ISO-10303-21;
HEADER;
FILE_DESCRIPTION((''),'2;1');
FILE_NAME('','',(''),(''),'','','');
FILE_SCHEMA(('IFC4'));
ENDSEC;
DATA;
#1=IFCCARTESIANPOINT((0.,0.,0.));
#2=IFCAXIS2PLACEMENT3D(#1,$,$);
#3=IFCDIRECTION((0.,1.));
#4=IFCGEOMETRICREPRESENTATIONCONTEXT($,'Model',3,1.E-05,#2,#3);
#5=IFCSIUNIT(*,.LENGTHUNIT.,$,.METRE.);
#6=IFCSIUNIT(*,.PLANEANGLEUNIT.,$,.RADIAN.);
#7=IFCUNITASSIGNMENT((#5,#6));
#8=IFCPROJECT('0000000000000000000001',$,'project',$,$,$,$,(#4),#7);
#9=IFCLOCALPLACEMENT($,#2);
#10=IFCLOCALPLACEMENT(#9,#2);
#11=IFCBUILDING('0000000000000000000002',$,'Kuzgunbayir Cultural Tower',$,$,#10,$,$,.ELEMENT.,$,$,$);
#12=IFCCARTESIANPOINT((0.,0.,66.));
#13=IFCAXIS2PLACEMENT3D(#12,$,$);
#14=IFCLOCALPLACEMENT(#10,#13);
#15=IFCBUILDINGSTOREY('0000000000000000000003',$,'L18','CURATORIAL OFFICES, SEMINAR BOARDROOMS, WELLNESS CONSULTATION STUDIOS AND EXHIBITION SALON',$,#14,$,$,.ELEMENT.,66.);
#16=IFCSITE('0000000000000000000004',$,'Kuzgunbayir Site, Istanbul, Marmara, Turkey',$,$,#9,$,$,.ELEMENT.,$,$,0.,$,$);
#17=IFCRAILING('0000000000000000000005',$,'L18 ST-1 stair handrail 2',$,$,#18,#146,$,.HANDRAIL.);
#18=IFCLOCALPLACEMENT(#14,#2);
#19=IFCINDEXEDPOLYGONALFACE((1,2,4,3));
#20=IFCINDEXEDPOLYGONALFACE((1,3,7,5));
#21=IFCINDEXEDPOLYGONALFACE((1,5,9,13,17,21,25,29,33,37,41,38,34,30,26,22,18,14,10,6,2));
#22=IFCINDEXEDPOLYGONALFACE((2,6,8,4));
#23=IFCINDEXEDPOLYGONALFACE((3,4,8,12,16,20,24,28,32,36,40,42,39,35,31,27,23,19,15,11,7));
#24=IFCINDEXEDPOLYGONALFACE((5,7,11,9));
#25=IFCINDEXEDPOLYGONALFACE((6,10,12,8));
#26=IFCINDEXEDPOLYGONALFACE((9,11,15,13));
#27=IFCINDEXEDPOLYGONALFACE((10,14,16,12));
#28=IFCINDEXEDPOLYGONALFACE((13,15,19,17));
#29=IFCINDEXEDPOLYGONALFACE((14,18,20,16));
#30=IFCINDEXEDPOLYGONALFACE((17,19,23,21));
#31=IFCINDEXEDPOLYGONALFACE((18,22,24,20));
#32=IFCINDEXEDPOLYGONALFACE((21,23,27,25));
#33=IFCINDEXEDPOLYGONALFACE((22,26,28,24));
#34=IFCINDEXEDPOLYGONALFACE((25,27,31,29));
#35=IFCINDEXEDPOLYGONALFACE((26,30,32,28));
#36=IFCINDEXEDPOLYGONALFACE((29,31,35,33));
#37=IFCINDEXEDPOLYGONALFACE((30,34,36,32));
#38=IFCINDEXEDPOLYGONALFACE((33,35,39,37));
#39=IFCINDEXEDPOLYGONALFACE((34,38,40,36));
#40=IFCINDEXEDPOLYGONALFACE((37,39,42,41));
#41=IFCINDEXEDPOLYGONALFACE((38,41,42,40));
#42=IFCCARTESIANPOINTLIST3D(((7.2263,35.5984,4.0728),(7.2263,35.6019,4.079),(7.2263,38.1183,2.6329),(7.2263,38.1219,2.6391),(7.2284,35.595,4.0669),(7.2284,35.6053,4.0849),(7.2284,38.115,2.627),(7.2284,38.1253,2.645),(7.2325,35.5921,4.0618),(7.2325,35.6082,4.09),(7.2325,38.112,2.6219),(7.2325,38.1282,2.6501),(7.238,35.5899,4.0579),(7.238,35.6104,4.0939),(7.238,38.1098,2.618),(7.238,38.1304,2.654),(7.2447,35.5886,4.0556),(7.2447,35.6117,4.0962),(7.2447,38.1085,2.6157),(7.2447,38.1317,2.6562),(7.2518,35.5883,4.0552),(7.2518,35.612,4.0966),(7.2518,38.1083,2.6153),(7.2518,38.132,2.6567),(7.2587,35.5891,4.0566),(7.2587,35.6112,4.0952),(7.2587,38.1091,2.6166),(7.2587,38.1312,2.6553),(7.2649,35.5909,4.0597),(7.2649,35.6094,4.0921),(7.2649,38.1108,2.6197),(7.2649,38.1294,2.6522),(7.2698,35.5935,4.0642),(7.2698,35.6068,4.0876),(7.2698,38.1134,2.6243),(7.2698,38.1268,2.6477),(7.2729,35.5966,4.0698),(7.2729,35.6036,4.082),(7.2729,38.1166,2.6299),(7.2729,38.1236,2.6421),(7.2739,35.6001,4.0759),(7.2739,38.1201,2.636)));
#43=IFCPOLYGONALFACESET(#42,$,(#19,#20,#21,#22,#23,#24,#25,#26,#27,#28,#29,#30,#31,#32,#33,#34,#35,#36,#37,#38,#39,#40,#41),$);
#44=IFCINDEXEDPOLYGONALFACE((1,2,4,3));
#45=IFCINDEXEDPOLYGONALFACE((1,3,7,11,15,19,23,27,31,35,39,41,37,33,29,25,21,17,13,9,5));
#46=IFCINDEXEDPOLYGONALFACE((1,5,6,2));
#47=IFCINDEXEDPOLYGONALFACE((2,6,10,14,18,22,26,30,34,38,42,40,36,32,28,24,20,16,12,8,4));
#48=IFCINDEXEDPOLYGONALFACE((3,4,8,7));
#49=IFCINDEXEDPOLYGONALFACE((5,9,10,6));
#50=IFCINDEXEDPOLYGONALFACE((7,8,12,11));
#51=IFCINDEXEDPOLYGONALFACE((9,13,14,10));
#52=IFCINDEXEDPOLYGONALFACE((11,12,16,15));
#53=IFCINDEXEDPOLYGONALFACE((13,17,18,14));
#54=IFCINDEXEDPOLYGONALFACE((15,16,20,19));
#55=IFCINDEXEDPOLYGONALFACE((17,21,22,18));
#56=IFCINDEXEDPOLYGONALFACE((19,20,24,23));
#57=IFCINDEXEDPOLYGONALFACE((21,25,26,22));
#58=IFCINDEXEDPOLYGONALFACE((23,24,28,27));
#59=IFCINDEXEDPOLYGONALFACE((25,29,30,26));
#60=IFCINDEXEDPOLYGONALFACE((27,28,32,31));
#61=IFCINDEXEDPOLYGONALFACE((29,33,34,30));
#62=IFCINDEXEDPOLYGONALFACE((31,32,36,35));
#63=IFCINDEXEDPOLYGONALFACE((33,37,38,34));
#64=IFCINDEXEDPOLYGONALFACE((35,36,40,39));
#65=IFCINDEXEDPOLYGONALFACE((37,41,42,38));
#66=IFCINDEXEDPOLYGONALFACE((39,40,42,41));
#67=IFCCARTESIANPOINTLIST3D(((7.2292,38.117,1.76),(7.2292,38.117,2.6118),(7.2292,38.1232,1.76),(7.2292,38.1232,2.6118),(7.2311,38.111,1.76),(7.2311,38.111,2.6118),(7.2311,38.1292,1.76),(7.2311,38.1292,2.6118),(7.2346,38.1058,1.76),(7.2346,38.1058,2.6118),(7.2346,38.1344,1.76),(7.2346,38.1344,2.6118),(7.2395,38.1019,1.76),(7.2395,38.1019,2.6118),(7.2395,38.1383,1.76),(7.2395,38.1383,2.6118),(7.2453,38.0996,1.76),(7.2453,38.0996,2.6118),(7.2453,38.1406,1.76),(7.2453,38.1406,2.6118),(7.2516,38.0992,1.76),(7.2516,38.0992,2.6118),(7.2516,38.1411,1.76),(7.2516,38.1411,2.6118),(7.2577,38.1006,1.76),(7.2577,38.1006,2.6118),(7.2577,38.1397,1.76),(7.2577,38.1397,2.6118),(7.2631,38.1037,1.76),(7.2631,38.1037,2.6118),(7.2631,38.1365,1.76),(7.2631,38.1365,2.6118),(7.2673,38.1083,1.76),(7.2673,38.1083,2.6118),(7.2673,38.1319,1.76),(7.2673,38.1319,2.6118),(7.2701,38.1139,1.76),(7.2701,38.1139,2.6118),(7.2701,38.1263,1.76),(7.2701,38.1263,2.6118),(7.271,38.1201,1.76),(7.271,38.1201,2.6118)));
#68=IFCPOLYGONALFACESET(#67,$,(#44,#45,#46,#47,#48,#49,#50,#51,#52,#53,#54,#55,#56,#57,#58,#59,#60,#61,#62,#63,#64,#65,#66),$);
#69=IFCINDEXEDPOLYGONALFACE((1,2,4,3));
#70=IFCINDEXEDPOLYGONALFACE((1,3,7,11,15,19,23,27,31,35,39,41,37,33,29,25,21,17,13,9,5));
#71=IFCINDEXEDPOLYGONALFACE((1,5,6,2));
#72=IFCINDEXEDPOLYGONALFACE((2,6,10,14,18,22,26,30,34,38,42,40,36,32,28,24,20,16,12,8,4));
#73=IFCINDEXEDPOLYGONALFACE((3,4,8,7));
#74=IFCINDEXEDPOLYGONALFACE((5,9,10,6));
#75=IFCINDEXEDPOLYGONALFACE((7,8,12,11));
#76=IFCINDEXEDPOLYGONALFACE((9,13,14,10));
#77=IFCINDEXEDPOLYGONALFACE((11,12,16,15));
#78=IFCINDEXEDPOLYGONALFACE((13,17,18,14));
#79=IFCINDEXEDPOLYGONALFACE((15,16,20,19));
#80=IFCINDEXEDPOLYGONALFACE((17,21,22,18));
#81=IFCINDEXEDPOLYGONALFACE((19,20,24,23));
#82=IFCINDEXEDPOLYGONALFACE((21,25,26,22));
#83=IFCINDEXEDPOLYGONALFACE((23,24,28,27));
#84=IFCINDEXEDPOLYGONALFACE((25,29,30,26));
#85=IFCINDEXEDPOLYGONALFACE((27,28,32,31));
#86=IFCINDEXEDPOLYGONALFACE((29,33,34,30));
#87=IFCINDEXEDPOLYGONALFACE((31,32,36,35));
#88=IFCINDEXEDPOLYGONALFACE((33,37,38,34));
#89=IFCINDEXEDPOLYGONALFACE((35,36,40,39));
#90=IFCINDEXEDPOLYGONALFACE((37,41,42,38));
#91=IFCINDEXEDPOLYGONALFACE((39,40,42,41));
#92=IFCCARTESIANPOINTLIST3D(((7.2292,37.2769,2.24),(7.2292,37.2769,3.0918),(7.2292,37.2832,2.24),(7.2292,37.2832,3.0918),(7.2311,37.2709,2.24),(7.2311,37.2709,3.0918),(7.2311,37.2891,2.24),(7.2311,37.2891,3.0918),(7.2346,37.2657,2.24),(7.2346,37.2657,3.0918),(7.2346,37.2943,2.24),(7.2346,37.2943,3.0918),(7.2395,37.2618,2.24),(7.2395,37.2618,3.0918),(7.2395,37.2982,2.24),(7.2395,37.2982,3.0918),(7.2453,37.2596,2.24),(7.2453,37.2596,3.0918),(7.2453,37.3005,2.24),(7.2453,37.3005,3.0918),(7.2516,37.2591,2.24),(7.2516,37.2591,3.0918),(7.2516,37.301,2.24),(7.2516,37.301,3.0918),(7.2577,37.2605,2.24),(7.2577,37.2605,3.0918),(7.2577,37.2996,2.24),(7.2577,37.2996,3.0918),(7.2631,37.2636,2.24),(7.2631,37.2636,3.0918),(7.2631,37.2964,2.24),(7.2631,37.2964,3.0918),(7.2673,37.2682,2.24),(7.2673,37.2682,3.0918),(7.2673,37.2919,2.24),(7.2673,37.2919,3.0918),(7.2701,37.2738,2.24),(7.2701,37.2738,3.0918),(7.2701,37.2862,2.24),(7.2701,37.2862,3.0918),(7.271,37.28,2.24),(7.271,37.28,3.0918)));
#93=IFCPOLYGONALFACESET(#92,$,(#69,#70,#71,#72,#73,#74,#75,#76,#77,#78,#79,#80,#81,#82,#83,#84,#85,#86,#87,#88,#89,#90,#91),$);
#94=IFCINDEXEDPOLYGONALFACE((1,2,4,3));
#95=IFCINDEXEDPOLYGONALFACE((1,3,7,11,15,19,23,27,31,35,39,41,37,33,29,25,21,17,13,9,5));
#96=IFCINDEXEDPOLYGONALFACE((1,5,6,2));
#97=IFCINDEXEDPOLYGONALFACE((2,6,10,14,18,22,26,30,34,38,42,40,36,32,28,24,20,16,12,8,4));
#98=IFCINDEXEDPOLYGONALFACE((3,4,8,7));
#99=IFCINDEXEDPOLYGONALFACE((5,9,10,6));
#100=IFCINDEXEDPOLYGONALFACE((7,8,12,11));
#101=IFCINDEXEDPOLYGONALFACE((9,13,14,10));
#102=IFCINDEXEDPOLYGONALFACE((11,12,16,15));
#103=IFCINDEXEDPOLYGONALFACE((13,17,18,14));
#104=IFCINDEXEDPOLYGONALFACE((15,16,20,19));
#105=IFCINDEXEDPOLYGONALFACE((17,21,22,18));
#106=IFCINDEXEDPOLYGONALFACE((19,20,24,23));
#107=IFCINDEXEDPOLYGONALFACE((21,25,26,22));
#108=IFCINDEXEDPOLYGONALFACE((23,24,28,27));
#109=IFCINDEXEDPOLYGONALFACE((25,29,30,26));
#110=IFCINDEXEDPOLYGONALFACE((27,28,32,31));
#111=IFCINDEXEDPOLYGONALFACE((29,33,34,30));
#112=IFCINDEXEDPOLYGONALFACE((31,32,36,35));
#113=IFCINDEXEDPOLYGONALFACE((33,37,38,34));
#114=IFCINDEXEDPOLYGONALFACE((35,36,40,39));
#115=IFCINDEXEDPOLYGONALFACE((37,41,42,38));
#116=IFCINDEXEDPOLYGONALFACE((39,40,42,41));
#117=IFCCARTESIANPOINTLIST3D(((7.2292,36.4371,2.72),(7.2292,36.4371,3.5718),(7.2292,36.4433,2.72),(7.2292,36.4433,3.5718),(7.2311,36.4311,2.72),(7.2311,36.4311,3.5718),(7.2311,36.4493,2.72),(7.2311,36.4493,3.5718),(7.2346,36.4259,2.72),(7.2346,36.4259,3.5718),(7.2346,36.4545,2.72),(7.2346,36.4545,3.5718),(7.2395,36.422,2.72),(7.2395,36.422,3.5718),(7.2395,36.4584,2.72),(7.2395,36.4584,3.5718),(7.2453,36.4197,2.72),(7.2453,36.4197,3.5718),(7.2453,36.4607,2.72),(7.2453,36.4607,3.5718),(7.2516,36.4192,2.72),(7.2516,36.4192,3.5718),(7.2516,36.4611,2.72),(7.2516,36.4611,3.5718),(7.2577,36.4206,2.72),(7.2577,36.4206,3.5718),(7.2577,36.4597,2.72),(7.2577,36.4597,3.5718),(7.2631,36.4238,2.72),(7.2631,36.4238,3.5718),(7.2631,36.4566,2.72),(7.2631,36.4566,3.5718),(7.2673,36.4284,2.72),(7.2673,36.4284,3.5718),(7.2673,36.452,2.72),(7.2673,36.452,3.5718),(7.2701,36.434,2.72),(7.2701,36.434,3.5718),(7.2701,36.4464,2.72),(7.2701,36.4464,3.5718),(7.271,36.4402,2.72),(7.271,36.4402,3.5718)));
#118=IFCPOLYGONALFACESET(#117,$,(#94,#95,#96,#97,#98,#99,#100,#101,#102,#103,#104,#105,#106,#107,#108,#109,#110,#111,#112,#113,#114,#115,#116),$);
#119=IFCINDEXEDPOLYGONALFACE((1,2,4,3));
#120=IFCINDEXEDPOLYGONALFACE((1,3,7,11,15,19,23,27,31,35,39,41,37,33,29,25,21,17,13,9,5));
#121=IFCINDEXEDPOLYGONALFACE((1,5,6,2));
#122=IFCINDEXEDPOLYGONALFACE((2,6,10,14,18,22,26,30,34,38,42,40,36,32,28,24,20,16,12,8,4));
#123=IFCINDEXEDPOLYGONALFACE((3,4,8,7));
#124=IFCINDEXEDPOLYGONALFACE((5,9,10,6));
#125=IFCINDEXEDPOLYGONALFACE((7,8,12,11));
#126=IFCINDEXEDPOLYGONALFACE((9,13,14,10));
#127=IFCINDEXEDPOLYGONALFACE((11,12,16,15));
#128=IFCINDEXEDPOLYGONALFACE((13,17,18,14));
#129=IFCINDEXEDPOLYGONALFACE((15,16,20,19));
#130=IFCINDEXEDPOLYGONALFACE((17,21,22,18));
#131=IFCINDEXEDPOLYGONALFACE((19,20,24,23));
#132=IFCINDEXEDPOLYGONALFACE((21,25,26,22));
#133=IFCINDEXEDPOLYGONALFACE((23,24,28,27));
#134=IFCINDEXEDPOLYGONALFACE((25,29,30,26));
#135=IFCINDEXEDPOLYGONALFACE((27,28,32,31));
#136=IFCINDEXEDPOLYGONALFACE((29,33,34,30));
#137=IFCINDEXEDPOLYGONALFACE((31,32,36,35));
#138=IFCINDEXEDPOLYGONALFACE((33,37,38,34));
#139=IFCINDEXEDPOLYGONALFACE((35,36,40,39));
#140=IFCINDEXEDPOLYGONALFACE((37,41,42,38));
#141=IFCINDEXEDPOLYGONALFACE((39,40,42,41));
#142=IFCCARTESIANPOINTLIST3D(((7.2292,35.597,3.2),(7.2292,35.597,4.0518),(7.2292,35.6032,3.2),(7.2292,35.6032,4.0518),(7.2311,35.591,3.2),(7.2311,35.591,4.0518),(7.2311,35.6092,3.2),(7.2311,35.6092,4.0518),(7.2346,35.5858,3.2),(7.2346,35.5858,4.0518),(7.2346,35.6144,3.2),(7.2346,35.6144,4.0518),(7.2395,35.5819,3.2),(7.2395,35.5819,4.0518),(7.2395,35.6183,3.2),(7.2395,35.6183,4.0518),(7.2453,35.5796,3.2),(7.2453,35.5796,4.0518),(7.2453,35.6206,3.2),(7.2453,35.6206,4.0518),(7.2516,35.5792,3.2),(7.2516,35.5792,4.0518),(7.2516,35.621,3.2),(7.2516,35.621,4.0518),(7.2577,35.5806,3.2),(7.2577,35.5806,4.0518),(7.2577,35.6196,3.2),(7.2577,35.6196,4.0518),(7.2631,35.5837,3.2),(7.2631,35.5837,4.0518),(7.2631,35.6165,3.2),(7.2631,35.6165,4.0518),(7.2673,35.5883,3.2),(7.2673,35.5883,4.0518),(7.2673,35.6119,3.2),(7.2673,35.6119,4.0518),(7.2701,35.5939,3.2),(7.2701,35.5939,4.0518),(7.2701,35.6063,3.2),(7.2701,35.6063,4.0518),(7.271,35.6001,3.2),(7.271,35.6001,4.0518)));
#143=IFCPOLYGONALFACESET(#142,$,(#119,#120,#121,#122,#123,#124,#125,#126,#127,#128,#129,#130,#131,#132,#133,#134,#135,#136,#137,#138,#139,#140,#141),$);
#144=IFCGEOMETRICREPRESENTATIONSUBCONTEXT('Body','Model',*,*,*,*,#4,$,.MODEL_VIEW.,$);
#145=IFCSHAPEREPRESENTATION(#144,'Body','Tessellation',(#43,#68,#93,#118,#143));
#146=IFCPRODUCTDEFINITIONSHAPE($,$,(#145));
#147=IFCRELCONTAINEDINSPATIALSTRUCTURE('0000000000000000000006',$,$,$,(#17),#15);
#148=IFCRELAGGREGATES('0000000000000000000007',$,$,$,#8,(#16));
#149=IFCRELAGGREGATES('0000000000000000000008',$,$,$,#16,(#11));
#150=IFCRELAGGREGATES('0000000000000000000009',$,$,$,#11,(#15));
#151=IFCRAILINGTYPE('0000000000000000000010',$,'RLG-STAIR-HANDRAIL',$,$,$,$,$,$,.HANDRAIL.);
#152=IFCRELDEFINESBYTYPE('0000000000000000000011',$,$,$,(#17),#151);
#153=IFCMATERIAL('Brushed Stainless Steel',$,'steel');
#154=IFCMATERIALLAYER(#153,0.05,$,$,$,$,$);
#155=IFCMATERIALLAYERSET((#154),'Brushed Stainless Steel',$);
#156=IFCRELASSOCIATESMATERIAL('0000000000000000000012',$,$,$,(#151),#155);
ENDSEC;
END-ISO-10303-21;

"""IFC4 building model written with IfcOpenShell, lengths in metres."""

from ifc_helpers import new_model, si_unit, direction, frame, origin, origin_2d, place, context, subcontext, project, spatial, circle, extrude, material, layer, layer_set, type_object, element, save


model = new_model("IFC4")

# Units and contexts
model_context = context("Model", 3, precision=1e-05, world=origin(), true_north=direction((0.0, 1.0)))
body_context = subcontext(model_context, "Body", "Model", "MODEL_VIEW")
ifc_project = project(units=[si_unit("LENGTHUNIT", "METRE"), si_unit("PLANEANGLEUNIT", "RADIAN")], contexts=[model_context])

# Site, building, storey
site_placement = place(None, origin())
site = spatial("IfcSite", under=ifc_project, at=site_placement, Name="Kuzgunbayir Site, Istanbul, Marmara, Turkey", CompositionType="ELEMENT", RefElevation=0.0)
building_placement = place(site_placement, origin())
building = spatial("IfcBuilding", under=site, at=building_placement, Name="Kuzgunbayir Cultural Tower", CompositionType="ELEMENT")
storey_placement = place(building_placement, frame((0.0, 0.0, 66.0)))
storey = spatial("IfcBuildingStorey", under=building, at=storey_placement, Name="L18", Description="CURATORIAL OFFICES, SEMINAR BOARDROOMS, WELLNESS CONSULTATION STUDIOS AND EXHIBITION SALON", CompositionType="ELEMENT", Elevation=66.0)

# Shared definitions
ifc_material_1 = material(Name="Brushed Stainless Steel", Category="steel")

# Railing
ifc_layer_1 = layer(ifc_material_1, 0.05)
ifc_layer_set_1 = layer_set([ifc_layer_1], Name="Brushed Stainless Steel")
railing_type_1 = type_object("IfcRailingType", Name="RLG-STAIR-HANDRAIL", PredefinedType="HANDRAIL", material=ifc_layer_set_1)
railing_1_placement = place(storey_placement, frame((7.25, 38.1201, 1.76)))
element("IfcRailing", 1, at=railing_1_placement, inside=storey, type_object=railing_type_1, Name="L18 ST-1 stair handrail 2", PredefinedType="HANDRAIL", context=body_context, shape_type="SweptSolid", body=[
    extrude(circle(Radius=0.0239, at=origin_2d()), frame((0.0, 0.0, 0.876), z_axis=(0.0, -0.868253, 0.496121), x_axis=(1.0, 0.0, 0.0)), (0.0, 0.0, 1.0), 2.9023),
    extrude(circle(Radius=0.021, at=origin_2d()), origin(), (0.0, 0.0, 1.0), 0.8518),
    extrude(circle(Radius=0.021, at=origin_2d()), frame((0.0, -0.8401, 0.48)), (0.0, 0.0, 1.0), 0.8518),
    extrude(circle(Radius=0.021, at=origin_2d()), frame((0.0, -1.6799, 0.96)), (0.0, 0.0, 1.0), 0.8518),
    extrude(circle(Radius=0.021, at=origin_2d()), frame((0.0, -2.52, 1.4399)), (0.0, 0.0, 1.0), 0.8518),
])

save(model, "model.ifc")
